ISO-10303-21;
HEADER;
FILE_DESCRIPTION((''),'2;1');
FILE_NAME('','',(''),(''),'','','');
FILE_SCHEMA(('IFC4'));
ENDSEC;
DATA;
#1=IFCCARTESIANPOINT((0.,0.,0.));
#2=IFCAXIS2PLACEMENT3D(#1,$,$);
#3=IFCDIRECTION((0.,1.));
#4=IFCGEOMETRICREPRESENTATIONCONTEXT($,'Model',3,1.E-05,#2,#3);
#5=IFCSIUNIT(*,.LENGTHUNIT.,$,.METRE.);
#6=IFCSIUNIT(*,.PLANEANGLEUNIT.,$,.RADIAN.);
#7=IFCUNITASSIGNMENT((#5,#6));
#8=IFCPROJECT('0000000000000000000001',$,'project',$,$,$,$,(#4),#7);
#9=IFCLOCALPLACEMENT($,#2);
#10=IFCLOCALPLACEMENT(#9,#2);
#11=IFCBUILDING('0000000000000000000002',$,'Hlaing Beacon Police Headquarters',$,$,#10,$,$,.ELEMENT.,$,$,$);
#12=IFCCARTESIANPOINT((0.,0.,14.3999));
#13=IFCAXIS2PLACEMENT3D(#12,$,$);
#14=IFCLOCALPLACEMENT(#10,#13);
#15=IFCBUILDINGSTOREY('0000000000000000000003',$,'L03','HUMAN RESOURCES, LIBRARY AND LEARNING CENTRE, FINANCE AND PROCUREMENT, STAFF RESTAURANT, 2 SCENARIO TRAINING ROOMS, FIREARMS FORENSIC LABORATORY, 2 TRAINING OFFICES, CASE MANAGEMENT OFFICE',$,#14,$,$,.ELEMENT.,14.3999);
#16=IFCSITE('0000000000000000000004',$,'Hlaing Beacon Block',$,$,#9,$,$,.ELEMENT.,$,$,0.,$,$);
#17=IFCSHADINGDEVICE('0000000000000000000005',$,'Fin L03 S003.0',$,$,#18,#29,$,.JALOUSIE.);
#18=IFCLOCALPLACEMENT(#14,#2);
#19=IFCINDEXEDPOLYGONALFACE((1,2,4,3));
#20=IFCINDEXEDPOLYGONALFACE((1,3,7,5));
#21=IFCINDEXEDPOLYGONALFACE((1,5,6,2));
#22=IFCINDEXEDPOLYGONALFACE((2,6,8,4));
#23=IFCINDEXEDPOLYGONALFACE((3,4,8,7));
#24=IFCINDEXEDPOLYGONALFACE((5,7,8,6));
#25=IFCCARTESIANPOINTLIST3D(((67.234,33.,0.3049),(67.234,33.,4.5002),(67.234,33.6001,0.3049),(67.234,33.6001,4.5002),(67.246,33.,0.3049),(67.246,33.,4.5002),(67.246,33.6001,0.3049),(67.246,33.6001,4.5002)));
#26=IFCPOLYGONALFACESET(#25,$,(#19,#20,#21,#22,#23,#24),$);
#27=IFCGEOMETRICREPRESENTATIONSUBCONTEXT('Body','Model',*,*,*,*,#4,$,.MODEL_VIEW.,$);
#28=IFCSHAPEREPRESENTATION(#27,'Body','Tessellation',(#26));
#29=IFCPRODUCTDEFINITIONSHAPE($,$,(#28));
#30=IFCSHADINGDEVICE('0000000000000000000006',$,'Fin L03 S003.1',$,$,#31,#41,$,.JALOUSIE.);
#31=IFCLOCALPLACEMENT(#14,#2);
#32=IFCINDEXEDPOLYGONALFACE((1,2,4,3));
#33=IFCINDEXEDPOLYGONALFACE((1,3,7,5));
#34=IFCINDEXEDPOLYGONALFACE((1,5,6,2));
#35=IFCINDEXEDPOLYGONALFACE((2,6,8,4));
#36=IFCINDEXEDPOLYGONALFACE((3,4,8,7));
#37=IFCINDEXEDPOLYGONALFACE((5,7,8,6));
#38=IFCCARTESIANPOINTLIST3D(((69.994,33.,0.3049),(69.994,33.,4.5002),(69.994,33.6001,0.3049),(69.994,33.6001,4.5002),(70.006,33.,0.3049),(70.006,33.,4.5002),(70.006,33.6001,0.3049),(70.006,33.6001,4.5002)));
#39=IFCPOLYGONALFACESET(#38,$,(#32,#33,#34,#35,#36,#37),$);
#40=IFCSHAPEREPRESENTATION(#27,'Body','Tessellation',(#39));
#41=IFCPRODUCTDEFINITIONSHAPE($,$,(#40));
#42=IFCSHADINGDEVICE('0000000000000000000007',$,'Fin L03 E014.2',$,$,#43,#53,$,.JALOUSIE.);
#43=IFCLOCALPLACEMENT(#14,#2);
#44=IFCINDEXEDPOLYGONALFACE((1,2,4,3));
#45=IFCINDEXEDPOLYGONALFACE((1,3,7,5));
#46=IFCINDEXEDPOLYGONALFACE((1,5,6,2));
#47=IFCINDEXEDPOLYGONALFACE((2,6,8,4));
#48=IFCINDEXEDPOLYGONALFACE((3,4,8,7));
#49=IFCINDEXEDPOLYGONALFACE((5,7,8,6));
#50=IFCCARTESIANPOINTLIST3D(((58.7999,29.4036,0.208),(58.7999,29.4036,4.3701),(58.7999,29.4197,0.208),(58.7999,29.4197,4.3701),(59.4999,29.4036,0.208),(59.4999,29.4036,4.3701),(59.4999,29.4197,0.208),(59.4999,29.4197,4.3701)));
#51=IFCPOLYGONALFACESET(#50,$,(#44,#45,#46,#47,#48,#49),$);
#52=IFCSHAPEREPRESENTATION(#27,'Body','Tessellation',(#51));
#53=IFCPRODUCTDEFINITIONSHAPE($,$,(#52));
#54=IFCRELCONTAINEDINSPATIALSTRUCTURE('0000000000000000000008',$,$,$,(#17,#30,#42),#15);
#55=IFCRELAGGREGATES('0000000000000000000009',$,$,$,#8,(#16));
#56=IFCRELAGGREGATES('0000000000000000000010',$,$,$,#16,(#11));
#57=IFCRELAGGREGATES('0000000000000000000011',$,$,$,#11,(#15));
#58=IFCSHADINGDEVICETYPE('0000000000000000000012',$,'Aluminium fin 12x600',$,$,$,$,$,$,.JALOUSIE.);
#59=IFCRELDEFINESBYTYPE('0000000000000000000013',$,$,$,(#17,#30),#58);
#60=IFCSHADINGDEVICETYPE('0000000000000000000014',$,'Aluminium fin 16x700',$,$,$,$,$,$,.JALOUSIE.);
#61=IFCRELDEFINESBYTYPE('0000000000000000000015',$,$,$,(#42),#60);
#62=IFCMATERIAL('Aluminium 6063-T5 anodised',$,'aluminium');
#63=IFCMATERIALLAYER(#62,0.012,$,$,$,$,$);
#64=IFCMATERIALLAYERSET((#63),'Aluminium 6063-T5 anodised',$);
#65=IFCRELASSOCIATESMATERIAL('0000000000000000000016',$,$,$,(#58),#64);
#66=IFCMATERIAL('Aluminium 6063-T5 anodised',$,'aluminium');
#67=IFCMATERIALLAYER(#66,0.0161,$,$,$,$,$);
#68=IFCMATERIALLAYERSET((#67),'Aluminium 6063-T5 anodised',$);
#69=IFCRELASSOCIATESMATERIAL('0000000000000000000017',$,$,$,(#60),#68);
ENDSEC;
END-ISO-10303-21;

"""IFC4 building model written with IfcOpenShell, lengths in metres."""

from ifc_helpers import new_model, si_unit, direction, frame, origin, origin_2d, place, context, subcontext, project, spatial, rectangle, extrude, material, layer, layer_set, type_object, element, save


model = new_model("IFC4")

# Units and contexts
model_context = context("Model", 3, precision=1e-05, world=origin(), true_north=direction((0.0, 1.0)))
body_context = subcontext(model_context, "Body", "Model", "MODEL_VIEW")
ifc_project = project(units=[si_unit("LENGTHUNIT", "METRE"), si_unit("PLANEANGLEUNIT", "RADIAN")], contexts=[model_context])

# Site, building, storey
site_placement = place(None, origin())
site = spatial("IfcSite", under=ifc_project, at=site_placement, Name="Hlaing Beacon Block", CompositionType="ELEMENT", RefElevation=0.0)
building_placement = place(site_placement, origin())
building = spatial("IfcBuilding", under=site, at=building_placement, Name="Hlaing Beacon Police Headquarters", CompositionType="ELEMENT")
storey_placement = place(building_placement, frame((0.0, 0.0, 14.3999)))
storey = spatial("IfcBuildingStorey", under=building, at=storey_placement, Name="L03", Description="HUMAN RESOURCES, LIBRARY AND LEARNING CENTRE, FINANCE AND PROCUREMENT, STAFF RESTAURANT, 2 SCENARIO TRAINING ROOMS, FIREARMS FORENSIC LABORATORY, 2 TRAINING OFFICES, CASE MANAGEMENT OFFICE", CompositionType="ELEMENT", Elevation=14.3999)

# Shading devices
ifc_material_1 = material(Name="Aluminium 6063-T5 anodised", Category="aluminium")
ifc_layer_1 = layer(ifc_material_1, 0.012)
ifc_layer_set_1 = layer_set([ifc_layer_1], Name="Aluminium 6063-T5 anodised")
shading_device_type_1 = type_object("IfcShadingDeviceType", Name="Aluminium fin 12x600", PredefinedType="JALOUSIE", material=ifc_layer_set_1)
for number, where, z_axis, x_axis, name in (
    (1, (67.24, 33.3, 0.3049), (0.0, 0.0, 1.0), (1.0, 0.0, 0.0), "Fin L03 S003.0"),
    (2, (70.0, 33.3, 0.3049), (0.0, 0.0, 1.0), (1.0, 0.0, 0.0), "Fin L03 S003.1"),
):
    element("IfcShadingDevice", number, at=place(storey_placement, frame(where, z_axis=z_axis, x_axis=x_axis)), inside=storey, type_object=shading_device_type_1, Name=name, PredefinedType="JALOUSIE", context=body_context, shape_type="SweptSolid", body=[
        extrude(rectangle(XDim=0.012, YDim=0.6001, at=origin_2d()), origin(), (0.0, 0.0, 1.0), 4.1953),
    ])
ifc_material_2 = material(Name="Aluminium 6063-T5 anodised", Category="aluminium")
ifc_layer_2 = layer(ifc_material_2, 0.0161)
ifc_layer_set_2 = layer_set([ifc_layer_2], Name="Aluminium 6063-T5 anodised")
shading_device_type_2 = type_object("IfcShadingDeviceType", Name="Aluminium fin 16x700", PredefinedType="JALOUSIE", material=ifc_layer_set_2)
shading_device_placement = place(storey_placement, frame((59.1499, 29.4116, 0.208), z_axis=(0.0, 0.0, 1.0), x_axis=(0.0, 1.0, 0.0)))
element("IfcShadingDevice", 3, at=shading_device_placement, inside=storey, type_object=shading_device_type_2, Name="Fin L03 E014.2", PredefinedType="JALOUSIE", context=body_context, shape_type="SweptSolid", body=[
    extrude(rectangle(XDim=0.0161, YDim=0.7, at=origin_2d()), origin(), (0.0, 0.0, 1.0), 4.1621),
])

save(model, "model.ifc")
